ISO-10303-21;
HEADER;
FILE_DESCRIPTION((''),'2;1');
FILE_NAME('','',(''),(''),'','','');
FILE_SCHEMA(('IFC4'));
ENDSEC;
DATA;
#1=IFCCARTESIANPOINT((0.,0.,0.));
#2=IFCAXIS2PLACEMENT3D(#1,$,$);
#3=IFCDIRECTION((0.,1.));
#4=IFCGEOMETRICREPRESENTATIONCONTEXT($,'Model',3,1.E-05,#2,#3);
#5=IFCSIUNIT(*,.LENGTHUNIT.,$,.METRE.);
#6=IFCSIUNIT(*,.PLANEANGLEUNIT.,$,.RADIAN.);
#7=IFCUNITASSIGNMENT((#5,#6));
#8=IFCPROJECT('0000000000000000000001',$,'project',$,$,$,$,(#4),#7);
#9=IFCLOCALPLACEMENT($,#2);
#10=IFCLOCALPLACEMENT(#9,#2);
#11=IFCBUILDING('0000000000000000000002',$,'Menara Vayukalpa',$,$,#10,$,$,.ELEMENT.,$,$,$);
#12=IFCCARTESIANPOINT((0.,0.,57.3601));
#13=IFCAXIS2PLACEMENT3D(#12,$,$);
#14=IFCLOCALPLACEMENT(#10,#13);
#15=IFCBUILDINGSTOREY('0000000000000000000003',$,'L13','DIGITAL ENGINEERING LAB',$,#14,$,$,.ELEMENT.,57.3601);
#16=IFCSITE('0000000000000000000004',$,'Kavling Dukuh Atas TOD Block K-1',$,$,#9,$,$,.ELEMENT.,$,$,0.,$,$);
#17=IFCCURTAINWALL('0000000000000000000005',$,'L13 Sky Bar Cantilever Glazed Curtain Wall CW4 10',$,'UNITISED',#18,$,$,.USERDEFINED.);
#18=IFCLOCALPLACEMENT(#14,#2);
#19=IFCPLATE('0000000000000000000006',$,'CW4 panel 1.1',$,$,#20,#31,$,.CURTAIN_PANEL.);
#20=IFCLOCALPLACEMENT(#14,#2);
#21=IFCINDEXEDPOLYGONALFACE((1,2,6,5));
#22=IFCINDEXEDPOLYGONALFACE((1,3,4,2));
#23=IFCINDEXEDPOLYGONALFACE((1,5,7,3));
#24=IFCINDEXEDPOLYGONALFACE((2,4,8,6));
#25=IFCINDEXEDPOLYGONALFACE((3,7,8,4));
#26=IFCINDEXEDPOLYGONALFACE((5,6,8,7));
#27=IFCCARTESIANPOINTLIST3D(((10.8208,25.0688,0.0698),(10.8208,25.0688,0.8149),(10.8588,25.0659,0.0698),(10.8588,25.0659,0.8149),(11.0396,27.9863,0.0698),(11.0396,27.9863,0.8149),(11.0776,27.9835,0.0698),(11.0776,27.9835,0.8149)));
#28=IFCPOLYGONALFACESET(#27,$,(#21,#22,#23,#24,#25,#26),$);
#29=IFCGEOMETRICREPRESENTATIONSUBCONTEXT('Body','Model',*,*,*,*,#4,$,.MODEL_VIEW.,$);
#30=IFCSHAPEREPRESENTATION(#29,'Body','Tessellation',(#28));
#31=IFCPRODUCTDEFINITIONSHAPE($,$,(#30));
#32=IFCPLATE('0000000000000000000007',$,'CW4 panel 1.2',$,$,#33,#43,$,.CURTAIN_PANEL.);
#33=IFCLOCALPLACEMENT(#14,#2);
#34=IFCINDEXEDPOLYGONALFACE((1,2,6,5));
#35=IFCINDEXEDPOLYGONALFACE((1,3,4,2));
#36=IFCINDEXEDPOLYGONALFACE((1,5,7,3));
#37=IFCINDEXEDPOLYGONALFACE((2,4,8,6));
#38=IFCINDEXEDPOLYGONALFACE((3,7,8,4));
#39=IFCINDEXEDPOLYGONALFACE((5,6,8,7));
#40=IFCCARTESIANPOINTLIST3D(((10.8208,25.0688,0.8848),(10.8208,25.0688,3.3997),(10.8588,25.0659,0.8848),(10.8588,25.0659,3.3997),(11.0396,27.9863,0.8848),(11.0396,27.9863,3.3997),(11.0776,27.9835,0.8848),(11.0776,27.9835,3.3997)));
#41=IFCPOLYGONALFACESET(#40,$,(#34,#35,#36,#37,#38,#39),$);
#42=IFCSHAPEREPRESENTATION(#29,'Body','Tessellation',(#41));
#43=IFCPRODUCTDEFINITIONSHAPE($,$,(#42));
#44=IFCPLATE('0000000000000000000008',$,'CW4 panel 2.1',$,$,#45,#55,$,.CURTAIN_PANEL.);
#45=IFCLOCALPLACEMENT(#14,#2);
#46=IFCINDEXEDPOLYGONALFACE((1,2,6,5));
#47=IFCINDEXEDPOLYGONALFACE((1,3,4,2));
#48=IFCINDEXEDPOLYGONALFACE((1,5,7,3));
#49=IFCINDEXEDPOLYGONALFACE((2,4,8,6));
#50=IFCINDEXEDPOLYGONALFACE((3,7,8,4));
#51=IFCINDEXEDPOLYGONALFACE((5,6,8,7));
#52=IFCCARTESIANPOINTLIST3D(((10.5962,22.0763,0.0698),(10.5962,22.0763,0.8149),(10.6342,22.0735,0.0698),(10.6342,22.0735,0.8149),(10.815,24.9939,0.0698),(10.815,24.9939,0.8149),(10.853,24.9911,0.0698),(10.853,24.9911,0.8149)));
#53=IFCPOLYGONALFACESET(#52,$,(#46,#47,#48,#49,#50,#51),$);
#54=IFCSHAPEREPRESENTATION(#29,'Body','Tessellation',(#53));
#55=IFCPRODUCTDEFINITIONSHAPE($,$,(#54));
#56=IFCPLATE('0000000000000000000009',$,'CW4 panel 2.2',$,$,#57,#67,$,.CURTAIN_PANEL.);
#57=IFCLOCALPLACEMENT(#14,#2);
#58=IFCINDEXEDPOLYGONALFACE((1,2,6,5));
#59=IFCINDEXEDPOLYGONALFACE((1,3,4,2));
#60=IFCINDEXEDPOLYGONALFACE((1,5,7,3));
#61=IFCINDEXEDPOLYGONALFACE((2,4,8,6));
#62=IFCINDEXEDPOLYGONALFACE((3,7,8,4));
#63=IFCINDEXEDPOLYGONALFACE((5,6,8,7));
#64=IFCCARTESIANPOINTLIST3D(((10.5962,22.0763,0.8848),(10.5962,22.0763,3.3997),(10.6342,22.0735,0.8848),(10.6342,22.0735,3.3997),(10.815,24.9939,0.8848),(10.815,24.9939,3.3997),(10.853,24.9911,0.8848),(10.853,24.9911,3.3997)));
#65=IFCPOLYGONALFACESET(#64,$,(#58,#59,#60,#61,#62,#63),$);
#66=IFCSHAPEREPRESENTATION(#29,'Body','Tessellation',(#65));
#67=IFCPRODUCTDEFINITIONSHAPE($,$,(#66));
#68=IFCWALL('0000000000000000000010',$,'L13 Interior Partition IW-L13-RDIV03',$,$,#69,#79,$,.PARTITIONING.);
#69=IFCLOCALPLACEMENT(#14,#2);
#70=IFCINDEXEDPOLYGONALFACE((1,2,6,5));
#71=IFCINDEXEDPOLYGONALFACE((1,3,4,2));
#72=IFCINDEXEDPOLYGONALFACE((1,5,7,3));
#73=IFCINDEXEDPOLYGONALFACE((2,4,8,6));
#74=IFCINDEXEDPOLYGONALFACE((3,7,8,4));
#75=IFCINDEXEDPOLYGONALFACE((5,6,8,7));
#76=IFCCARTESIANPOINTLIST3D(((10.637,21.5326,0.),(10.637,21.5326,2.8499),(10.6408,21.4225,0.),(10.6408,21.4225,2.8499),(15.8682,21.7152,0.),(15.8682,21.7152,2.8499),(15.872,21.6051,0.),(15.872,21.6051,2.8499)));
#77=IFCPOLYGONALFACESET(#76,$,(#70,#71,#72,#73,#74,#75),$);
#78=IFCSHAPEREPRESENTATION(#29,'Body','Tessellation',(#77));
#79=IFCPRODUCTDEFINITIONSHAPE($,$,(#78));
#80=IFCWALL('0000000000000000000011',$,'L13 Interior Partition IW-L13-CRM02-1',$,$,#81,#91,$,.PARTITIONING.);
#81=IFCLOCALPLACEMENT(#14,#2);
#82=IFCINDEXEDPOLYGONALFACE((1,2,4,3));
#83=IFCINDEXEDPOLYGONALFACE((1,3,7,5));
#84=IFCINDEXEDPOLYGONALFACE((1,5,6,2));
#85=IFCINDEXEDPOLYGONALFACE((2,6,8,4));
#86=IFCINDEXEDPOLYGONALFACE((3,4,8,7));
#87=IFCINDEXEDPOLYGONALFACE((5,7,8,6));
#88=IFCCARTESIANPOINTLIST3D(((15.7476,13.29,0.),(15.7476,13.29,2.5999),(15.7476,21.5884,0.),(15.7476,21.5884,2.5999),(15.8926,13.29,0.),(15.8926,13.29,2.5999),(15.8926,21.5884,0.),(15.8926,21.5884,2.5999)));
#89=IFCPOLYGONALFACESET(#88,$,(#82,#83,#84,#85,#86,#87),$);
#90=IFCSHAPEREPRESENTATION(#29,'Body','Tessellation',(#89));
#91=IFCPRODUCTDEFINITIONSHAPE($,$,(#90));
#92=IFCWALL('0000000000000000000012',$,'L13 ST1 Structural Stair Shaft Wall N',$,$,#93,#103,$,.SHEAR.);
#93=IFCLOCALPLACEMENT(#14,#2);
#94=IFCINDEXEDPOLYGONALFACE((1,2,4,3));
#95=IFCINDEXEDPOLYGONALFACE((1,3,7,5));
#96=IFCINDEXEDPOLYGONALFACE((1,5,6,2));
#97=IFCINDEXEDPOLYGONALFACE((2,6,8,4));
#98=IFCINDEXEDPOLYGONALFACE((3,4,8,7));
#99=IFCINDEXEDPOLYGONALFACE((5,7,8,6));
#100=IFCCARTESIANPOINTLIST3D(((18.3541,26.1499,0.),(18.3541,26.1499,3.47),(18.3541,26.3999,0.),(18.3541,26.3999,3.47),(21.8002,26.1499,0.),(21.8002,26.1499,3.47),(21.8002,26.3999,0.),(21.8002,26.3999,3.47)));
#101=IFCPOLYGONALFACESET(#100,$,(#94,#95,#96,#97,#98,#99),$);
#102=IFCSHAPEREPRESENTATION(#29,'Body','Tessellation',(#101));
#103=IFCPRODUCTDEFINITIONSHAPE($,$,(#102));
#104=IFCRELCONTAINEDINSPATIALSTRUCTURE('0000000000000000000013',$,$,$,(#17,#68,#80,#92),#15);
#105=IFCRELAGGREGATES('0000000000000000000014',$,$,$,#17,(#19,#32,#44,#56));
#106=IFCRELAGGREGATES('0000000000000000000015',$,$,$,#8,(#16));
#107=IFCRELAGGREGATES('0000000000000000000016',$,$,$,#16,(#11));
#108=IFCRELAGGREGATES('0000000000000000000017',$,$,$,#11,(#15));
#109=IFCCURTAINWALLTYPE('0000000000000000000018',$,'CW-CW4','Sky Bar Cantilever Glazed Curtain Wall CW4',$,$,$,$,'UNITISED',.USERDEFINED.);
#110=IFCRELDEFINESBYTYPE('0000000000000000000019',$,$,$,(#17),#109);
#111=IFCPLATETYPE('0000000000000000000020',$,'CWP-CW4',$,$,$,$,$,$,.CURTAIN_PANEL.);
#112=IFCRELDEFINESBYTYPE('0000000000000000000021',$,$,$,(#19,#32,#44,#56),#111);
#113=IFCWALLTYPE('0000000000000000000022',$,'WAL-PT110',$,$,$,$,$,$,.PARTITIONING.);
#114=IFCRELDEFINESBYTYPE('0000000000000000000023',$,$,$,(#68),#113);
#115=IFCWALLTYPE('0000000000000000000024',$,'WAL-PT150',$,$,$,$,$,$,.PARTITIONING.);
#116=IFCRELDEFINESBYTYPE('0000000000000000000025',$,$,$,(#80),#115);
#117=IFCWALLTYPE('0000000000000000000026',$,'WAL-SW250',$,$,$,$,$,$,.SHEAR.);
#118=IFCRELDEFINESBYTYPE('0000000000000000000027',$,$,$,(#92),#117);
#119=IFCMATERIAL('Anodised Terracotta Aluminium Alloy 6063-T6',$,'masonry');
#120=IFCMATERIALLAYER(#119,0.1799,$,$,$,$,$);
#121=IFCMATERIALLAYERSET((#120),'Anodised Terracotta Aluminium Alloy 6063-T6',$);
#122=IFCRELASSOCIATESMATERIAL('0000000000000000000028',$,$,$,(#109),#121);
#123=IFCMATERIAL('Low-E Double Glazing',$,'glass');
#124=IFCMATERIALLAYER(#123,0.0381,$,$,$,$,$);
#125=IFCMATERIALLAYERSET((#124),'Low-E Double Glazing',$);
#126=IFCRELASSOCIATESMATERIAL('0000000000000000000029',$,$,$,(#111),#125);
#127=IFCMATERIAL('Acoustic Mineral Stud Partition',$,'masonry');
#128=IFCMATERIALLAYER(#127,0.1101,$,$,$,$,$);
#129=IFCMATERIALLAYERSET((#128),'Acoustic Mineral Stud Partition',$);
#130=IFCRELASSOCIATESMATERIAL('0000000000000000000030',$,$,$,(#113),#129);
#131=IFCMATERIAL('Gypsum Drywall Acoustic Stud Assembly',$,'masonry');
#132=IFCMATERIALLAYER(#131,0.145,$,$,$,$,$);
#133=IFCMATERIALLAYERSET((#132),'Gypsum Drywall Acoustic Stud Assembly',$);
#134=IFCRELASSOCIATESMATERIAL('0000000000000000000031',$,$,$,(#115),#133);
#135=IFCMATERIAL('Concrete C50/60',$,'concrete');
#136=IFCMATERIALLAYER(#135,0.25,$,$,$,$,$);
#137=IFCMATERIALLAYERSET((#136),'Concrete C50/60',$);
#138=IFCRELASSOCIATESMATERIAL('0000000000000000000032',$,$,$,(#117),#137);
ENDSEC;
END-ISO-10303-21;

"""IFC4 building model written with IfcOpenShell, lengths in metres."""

from ifc_helpers import new_model, si_unit, direction, frame, frame_2d, origin, origin_2d, place, context, subcontext, project, spatial, rectangle, extrude, material, layer, layer_set, type_object, element, aggregate, save


model = new_model("IFC4")

# Units and contexts
model_context = context("Model", 3, precision=1e-05, world=origin(), true_north=direction((0.0, 1.0)))
body_context = subcontext(model_context, "Body", "Model", "MODEL_VIEW")
ifc_project = project(units=[si_unit("LENGTHUNIT", "METRE"), si_unit("PLANEANGLEUNIT", "RADIAN")], contexts=[model_context])

# Site, building, storey
site_placement = place(None, origin())
site = spatial("IfcSite", under=ifc_project, at=site_placement, Name="Kavling Dukuh Atas TOD Block K-1", CompositionType="ELEMENT", RefElevation=0.0)
building_placement = place(site_placement, origin())
building = spatial("IfcBuilding", under=site, at=building_placement, Name="Menara Vayukalpa", CompositionType="ELEMENT")
storey_placement = place(building_placement, frame((0.0, 0.0, 57.3601)))
storey = spatial("IfcBuildingStorey", under=building, at=storey_placement, Name="L13", Description="DIGITAL ENGINEERING LAB", CompositionType="ELEMENT", Elevation=57.3601)

# Curtain wall
ifc_material_1 = material(Name="Anodised Terracotta Aluminium Alloy 6063-T6", Category="masonry")
ifc_layer_1 = layer(ifc_material_1, 0.1799)
ifc_layer_set_1 = layer_set([ifc_layer_1], Name="Anodised Terracotta Aluminium Alloy 6063-T6")
curtain_wall_type = type_object("IfcCurtainWallType", Name="CW-CW4", Description="Sky Bar Cantilever Glazed Curtain Wall CW4", ElementType="UNITISED", PredefinedType="USERDEFINED", material=ifc_layer_set_1)
curtain_wall_1_placement = place(storey_placement, origin())
curtain_wall_1 = element("IfcCurtainWall", 1, at=curtain_wall_1_placement, inside=storey, type_object=curtain_wall_type, Name="L13 Sky Bar Cantilever Glazed Curtain Wall CW4 10", ObjectType="UNITISED", PredefinedType="USERDEFINED")

# Plates
ifc_material_2 = material(Name="Low-E Double Glazing", Category="glass")
ifc_layer_2 = layer(ifc_material_2, 0.0381)
ifc_layer_set_2 = layer_set([ifc_layer_2], Name="Low-E Double Glazing")
plate_type = type_object("IfcPlateType", Name="CWP-CW4", PredefinedType="CURTAIN_PANEL", material=ifc_layer_set_2)
plate_1_placement = place(storey_placement, frame((10.9492, 26.5261, 0.0698), z_axis=(0.0, 0.0, 1.0), x_axis=(-0.074795, -0.997199, 0.0)))
plate_1 = element("IfcPlate", 2, at=plate_1_placement, type_object=plate_type, Name="CW4 panel 1.1", PredefinedType="CURTAIN_PANEL", context=body_context, shape_type="SweptSolid", body=[
    extrude(rectangle(XDim=2.9258, YDim=0.0381, at=origin_2d()), origin(), (0.0, 0.0, 1.0), 0.7451),
])
plate_2_placement = place(storey_placement, frame((10.9492, 26.5261, 0.8848), z_axis=(0.0, 0.0, 1.0), x_axis=(-0.074795, -0.997199, 0.0)))
plate_2 = element("IfcPlate", 3, at=plate_2_placement, type_object=plate_type, Name="CW4 panel 1.2", PredefinedType="CURTAIN_PANEL", context=body_context, shape_type="SweptSolid", body=[
    extrude(rectangle(XDim=2.9258, YDim=0.0381, at=origin_2d()), origin(), (0.0, 0.0, 1.0), 2.5149),
])
plate_3_placement = place(storey_placement, frame((10.7246, 23.5337, 0.0698), z_axis=(0.0, 0.0, 1.0), x_axis=(-0.074795, -0.997199, 0.0)))
plate_3 = element("IfcPlate", 4, at=plate_3_placement, type_object=plate_type, Name="CW4 panel 2.1", PredefinedType="CURTAIN_PANEL", context=body_context, shape_type="SweptSolid", body=[
    extrude(rectangle(XDim=2.9258, YDim=0.0381, at=origin_2d()), origin(), (0.0, 0.0, 1.0), 0.7451),
])
plate_4_placement = place(storey_placement, frame((10.7246, 23.5337, 0.8848), z_axis=(0.0, 0.0, 1.0), x_axis=(-0.074795, -0.997199, 0.0)))
plate_4 = element("IfcPlate", 5, at=plate_4_placement, type_object=plate_type, Name="CW4 panel 2.2", PredefinedType="CURTAIN_PANEL", context=body_context, shape_type="SweptSolid", body=[
    extrude(rectangle(XDim=2.9258, YDim=0.0381, at=origin_2d()), origin(), (0.0, 0.0, 1.0), 2.5149),
])
aggregate(curtain_wall_1, [plate_1, plate_2, plate_3, plate_4])

# Walls
ifc_material_3 = material(Name="Acoustic Mineral Stud Partition", Category="masonry")
ifc_layer_3 = layer(ifc_material_3, 0.1101)
ifc_layer_set_3 = layer_set([ifc_layer_3], Name="Acoustic Mineral Stud Partition")
wall_type_1 = type_object("IfcWallType", Name="WAL-PT110", PredefinedType="PARTITIONING", material=ifc_layer_set_3)
wall_1_placement = place(storey_placement, frame((15.8701, 21.6602, 0.0), z_axis=(0.0, 0.0, 1.0), x_axis=(-0.999391, -0.034888, 0.0)))
element("IfcWall", 6, at=wall_1_placement, inside=storey, type_object=wall_type_1, Name="L13 Interior Partition IW-L13-RDIV03", PredefinedType="PARTITIONING", context=body_context, shape_type="SweptSolid", body=[
    extrude(rectangle(XDim=5.2344, YDim=0.1101, at=frame_2d((2.6172, 0.0))), origin(), (0.0, 0.0, 1.0), 2.8499),
])
ifc_material_4 = material(Name="Gypsum Drywall Acoustic Stud Assembly", Category="masonry")
ifc_layer_4 = layer(ifc_material_4, 0.145)
ifc_layer_set_4 = layer_set([ifc_layer_4], Name="Gypsum Drywall Acoustic Stud Assembly")
wall_type_2 = type_object("IfcWallType", Name="WAL-PT150", PredefinedType="PARTITIONING", material=ifc_layer_set_4)
wall_2_placement = place(storey_placement, frame((15.8201, 21.5884, 0.0), z_axis=(0.0, 0.0, 1.0), x_axis=(0.0, -1.0, 0.0)))
element("IfcWall", 7, at=wall_2_placement, inside=storey, type_object=wall_type_2, Name="L13 Interior Partition IW-L13-CRM02-1", PredefinedType="PARTITIONING", context=body_context, shape_type="SweptSolid", body=[
    extrude(rectangle(XDim=8.2983, YDim=0.145, at=frame_2d((4.1492, 0.0))), origin(), (0.0, 0.0, 1.0), 2.5999),
])
ifc_material_5 = material(Name="Concrete C50/60", Category="concrete")
ifc_layer_5 = layer(ifc_material_5, 0.25)
ifc_layer_set_5 = layer_set([ifc_layer_5], Name="Concrete C50/60")
wall_type_3 = type_object("IfcWallType", Name="WAL-SW250", PredefinedType="SHEAR", material=ifc_layer_set_5)
wall_3_placement = place(storey_placement, frame((18.354, 26.2749, 0.0), z_axis=(0.0, 0.0, 1.0), x_axis=(1.0, 0.0, 0.0)))
element("IfcWall", 8, at=wall_3_placement, inside=storey, type_object=wall_type_3, Name="L13 ST1 Structural Stair Shaft Wall N", PredefinedType="SHEAR", context=body_context, shape_type="SweptSolid", body=[
    extrude(rectangle(XDim=3.446, YDim=0.25, at=frame_2d((1.7231, 0.0))), origin(), (0.0, 0.0, 1.0), 3.47),
])

save(model, "model.ifc")
